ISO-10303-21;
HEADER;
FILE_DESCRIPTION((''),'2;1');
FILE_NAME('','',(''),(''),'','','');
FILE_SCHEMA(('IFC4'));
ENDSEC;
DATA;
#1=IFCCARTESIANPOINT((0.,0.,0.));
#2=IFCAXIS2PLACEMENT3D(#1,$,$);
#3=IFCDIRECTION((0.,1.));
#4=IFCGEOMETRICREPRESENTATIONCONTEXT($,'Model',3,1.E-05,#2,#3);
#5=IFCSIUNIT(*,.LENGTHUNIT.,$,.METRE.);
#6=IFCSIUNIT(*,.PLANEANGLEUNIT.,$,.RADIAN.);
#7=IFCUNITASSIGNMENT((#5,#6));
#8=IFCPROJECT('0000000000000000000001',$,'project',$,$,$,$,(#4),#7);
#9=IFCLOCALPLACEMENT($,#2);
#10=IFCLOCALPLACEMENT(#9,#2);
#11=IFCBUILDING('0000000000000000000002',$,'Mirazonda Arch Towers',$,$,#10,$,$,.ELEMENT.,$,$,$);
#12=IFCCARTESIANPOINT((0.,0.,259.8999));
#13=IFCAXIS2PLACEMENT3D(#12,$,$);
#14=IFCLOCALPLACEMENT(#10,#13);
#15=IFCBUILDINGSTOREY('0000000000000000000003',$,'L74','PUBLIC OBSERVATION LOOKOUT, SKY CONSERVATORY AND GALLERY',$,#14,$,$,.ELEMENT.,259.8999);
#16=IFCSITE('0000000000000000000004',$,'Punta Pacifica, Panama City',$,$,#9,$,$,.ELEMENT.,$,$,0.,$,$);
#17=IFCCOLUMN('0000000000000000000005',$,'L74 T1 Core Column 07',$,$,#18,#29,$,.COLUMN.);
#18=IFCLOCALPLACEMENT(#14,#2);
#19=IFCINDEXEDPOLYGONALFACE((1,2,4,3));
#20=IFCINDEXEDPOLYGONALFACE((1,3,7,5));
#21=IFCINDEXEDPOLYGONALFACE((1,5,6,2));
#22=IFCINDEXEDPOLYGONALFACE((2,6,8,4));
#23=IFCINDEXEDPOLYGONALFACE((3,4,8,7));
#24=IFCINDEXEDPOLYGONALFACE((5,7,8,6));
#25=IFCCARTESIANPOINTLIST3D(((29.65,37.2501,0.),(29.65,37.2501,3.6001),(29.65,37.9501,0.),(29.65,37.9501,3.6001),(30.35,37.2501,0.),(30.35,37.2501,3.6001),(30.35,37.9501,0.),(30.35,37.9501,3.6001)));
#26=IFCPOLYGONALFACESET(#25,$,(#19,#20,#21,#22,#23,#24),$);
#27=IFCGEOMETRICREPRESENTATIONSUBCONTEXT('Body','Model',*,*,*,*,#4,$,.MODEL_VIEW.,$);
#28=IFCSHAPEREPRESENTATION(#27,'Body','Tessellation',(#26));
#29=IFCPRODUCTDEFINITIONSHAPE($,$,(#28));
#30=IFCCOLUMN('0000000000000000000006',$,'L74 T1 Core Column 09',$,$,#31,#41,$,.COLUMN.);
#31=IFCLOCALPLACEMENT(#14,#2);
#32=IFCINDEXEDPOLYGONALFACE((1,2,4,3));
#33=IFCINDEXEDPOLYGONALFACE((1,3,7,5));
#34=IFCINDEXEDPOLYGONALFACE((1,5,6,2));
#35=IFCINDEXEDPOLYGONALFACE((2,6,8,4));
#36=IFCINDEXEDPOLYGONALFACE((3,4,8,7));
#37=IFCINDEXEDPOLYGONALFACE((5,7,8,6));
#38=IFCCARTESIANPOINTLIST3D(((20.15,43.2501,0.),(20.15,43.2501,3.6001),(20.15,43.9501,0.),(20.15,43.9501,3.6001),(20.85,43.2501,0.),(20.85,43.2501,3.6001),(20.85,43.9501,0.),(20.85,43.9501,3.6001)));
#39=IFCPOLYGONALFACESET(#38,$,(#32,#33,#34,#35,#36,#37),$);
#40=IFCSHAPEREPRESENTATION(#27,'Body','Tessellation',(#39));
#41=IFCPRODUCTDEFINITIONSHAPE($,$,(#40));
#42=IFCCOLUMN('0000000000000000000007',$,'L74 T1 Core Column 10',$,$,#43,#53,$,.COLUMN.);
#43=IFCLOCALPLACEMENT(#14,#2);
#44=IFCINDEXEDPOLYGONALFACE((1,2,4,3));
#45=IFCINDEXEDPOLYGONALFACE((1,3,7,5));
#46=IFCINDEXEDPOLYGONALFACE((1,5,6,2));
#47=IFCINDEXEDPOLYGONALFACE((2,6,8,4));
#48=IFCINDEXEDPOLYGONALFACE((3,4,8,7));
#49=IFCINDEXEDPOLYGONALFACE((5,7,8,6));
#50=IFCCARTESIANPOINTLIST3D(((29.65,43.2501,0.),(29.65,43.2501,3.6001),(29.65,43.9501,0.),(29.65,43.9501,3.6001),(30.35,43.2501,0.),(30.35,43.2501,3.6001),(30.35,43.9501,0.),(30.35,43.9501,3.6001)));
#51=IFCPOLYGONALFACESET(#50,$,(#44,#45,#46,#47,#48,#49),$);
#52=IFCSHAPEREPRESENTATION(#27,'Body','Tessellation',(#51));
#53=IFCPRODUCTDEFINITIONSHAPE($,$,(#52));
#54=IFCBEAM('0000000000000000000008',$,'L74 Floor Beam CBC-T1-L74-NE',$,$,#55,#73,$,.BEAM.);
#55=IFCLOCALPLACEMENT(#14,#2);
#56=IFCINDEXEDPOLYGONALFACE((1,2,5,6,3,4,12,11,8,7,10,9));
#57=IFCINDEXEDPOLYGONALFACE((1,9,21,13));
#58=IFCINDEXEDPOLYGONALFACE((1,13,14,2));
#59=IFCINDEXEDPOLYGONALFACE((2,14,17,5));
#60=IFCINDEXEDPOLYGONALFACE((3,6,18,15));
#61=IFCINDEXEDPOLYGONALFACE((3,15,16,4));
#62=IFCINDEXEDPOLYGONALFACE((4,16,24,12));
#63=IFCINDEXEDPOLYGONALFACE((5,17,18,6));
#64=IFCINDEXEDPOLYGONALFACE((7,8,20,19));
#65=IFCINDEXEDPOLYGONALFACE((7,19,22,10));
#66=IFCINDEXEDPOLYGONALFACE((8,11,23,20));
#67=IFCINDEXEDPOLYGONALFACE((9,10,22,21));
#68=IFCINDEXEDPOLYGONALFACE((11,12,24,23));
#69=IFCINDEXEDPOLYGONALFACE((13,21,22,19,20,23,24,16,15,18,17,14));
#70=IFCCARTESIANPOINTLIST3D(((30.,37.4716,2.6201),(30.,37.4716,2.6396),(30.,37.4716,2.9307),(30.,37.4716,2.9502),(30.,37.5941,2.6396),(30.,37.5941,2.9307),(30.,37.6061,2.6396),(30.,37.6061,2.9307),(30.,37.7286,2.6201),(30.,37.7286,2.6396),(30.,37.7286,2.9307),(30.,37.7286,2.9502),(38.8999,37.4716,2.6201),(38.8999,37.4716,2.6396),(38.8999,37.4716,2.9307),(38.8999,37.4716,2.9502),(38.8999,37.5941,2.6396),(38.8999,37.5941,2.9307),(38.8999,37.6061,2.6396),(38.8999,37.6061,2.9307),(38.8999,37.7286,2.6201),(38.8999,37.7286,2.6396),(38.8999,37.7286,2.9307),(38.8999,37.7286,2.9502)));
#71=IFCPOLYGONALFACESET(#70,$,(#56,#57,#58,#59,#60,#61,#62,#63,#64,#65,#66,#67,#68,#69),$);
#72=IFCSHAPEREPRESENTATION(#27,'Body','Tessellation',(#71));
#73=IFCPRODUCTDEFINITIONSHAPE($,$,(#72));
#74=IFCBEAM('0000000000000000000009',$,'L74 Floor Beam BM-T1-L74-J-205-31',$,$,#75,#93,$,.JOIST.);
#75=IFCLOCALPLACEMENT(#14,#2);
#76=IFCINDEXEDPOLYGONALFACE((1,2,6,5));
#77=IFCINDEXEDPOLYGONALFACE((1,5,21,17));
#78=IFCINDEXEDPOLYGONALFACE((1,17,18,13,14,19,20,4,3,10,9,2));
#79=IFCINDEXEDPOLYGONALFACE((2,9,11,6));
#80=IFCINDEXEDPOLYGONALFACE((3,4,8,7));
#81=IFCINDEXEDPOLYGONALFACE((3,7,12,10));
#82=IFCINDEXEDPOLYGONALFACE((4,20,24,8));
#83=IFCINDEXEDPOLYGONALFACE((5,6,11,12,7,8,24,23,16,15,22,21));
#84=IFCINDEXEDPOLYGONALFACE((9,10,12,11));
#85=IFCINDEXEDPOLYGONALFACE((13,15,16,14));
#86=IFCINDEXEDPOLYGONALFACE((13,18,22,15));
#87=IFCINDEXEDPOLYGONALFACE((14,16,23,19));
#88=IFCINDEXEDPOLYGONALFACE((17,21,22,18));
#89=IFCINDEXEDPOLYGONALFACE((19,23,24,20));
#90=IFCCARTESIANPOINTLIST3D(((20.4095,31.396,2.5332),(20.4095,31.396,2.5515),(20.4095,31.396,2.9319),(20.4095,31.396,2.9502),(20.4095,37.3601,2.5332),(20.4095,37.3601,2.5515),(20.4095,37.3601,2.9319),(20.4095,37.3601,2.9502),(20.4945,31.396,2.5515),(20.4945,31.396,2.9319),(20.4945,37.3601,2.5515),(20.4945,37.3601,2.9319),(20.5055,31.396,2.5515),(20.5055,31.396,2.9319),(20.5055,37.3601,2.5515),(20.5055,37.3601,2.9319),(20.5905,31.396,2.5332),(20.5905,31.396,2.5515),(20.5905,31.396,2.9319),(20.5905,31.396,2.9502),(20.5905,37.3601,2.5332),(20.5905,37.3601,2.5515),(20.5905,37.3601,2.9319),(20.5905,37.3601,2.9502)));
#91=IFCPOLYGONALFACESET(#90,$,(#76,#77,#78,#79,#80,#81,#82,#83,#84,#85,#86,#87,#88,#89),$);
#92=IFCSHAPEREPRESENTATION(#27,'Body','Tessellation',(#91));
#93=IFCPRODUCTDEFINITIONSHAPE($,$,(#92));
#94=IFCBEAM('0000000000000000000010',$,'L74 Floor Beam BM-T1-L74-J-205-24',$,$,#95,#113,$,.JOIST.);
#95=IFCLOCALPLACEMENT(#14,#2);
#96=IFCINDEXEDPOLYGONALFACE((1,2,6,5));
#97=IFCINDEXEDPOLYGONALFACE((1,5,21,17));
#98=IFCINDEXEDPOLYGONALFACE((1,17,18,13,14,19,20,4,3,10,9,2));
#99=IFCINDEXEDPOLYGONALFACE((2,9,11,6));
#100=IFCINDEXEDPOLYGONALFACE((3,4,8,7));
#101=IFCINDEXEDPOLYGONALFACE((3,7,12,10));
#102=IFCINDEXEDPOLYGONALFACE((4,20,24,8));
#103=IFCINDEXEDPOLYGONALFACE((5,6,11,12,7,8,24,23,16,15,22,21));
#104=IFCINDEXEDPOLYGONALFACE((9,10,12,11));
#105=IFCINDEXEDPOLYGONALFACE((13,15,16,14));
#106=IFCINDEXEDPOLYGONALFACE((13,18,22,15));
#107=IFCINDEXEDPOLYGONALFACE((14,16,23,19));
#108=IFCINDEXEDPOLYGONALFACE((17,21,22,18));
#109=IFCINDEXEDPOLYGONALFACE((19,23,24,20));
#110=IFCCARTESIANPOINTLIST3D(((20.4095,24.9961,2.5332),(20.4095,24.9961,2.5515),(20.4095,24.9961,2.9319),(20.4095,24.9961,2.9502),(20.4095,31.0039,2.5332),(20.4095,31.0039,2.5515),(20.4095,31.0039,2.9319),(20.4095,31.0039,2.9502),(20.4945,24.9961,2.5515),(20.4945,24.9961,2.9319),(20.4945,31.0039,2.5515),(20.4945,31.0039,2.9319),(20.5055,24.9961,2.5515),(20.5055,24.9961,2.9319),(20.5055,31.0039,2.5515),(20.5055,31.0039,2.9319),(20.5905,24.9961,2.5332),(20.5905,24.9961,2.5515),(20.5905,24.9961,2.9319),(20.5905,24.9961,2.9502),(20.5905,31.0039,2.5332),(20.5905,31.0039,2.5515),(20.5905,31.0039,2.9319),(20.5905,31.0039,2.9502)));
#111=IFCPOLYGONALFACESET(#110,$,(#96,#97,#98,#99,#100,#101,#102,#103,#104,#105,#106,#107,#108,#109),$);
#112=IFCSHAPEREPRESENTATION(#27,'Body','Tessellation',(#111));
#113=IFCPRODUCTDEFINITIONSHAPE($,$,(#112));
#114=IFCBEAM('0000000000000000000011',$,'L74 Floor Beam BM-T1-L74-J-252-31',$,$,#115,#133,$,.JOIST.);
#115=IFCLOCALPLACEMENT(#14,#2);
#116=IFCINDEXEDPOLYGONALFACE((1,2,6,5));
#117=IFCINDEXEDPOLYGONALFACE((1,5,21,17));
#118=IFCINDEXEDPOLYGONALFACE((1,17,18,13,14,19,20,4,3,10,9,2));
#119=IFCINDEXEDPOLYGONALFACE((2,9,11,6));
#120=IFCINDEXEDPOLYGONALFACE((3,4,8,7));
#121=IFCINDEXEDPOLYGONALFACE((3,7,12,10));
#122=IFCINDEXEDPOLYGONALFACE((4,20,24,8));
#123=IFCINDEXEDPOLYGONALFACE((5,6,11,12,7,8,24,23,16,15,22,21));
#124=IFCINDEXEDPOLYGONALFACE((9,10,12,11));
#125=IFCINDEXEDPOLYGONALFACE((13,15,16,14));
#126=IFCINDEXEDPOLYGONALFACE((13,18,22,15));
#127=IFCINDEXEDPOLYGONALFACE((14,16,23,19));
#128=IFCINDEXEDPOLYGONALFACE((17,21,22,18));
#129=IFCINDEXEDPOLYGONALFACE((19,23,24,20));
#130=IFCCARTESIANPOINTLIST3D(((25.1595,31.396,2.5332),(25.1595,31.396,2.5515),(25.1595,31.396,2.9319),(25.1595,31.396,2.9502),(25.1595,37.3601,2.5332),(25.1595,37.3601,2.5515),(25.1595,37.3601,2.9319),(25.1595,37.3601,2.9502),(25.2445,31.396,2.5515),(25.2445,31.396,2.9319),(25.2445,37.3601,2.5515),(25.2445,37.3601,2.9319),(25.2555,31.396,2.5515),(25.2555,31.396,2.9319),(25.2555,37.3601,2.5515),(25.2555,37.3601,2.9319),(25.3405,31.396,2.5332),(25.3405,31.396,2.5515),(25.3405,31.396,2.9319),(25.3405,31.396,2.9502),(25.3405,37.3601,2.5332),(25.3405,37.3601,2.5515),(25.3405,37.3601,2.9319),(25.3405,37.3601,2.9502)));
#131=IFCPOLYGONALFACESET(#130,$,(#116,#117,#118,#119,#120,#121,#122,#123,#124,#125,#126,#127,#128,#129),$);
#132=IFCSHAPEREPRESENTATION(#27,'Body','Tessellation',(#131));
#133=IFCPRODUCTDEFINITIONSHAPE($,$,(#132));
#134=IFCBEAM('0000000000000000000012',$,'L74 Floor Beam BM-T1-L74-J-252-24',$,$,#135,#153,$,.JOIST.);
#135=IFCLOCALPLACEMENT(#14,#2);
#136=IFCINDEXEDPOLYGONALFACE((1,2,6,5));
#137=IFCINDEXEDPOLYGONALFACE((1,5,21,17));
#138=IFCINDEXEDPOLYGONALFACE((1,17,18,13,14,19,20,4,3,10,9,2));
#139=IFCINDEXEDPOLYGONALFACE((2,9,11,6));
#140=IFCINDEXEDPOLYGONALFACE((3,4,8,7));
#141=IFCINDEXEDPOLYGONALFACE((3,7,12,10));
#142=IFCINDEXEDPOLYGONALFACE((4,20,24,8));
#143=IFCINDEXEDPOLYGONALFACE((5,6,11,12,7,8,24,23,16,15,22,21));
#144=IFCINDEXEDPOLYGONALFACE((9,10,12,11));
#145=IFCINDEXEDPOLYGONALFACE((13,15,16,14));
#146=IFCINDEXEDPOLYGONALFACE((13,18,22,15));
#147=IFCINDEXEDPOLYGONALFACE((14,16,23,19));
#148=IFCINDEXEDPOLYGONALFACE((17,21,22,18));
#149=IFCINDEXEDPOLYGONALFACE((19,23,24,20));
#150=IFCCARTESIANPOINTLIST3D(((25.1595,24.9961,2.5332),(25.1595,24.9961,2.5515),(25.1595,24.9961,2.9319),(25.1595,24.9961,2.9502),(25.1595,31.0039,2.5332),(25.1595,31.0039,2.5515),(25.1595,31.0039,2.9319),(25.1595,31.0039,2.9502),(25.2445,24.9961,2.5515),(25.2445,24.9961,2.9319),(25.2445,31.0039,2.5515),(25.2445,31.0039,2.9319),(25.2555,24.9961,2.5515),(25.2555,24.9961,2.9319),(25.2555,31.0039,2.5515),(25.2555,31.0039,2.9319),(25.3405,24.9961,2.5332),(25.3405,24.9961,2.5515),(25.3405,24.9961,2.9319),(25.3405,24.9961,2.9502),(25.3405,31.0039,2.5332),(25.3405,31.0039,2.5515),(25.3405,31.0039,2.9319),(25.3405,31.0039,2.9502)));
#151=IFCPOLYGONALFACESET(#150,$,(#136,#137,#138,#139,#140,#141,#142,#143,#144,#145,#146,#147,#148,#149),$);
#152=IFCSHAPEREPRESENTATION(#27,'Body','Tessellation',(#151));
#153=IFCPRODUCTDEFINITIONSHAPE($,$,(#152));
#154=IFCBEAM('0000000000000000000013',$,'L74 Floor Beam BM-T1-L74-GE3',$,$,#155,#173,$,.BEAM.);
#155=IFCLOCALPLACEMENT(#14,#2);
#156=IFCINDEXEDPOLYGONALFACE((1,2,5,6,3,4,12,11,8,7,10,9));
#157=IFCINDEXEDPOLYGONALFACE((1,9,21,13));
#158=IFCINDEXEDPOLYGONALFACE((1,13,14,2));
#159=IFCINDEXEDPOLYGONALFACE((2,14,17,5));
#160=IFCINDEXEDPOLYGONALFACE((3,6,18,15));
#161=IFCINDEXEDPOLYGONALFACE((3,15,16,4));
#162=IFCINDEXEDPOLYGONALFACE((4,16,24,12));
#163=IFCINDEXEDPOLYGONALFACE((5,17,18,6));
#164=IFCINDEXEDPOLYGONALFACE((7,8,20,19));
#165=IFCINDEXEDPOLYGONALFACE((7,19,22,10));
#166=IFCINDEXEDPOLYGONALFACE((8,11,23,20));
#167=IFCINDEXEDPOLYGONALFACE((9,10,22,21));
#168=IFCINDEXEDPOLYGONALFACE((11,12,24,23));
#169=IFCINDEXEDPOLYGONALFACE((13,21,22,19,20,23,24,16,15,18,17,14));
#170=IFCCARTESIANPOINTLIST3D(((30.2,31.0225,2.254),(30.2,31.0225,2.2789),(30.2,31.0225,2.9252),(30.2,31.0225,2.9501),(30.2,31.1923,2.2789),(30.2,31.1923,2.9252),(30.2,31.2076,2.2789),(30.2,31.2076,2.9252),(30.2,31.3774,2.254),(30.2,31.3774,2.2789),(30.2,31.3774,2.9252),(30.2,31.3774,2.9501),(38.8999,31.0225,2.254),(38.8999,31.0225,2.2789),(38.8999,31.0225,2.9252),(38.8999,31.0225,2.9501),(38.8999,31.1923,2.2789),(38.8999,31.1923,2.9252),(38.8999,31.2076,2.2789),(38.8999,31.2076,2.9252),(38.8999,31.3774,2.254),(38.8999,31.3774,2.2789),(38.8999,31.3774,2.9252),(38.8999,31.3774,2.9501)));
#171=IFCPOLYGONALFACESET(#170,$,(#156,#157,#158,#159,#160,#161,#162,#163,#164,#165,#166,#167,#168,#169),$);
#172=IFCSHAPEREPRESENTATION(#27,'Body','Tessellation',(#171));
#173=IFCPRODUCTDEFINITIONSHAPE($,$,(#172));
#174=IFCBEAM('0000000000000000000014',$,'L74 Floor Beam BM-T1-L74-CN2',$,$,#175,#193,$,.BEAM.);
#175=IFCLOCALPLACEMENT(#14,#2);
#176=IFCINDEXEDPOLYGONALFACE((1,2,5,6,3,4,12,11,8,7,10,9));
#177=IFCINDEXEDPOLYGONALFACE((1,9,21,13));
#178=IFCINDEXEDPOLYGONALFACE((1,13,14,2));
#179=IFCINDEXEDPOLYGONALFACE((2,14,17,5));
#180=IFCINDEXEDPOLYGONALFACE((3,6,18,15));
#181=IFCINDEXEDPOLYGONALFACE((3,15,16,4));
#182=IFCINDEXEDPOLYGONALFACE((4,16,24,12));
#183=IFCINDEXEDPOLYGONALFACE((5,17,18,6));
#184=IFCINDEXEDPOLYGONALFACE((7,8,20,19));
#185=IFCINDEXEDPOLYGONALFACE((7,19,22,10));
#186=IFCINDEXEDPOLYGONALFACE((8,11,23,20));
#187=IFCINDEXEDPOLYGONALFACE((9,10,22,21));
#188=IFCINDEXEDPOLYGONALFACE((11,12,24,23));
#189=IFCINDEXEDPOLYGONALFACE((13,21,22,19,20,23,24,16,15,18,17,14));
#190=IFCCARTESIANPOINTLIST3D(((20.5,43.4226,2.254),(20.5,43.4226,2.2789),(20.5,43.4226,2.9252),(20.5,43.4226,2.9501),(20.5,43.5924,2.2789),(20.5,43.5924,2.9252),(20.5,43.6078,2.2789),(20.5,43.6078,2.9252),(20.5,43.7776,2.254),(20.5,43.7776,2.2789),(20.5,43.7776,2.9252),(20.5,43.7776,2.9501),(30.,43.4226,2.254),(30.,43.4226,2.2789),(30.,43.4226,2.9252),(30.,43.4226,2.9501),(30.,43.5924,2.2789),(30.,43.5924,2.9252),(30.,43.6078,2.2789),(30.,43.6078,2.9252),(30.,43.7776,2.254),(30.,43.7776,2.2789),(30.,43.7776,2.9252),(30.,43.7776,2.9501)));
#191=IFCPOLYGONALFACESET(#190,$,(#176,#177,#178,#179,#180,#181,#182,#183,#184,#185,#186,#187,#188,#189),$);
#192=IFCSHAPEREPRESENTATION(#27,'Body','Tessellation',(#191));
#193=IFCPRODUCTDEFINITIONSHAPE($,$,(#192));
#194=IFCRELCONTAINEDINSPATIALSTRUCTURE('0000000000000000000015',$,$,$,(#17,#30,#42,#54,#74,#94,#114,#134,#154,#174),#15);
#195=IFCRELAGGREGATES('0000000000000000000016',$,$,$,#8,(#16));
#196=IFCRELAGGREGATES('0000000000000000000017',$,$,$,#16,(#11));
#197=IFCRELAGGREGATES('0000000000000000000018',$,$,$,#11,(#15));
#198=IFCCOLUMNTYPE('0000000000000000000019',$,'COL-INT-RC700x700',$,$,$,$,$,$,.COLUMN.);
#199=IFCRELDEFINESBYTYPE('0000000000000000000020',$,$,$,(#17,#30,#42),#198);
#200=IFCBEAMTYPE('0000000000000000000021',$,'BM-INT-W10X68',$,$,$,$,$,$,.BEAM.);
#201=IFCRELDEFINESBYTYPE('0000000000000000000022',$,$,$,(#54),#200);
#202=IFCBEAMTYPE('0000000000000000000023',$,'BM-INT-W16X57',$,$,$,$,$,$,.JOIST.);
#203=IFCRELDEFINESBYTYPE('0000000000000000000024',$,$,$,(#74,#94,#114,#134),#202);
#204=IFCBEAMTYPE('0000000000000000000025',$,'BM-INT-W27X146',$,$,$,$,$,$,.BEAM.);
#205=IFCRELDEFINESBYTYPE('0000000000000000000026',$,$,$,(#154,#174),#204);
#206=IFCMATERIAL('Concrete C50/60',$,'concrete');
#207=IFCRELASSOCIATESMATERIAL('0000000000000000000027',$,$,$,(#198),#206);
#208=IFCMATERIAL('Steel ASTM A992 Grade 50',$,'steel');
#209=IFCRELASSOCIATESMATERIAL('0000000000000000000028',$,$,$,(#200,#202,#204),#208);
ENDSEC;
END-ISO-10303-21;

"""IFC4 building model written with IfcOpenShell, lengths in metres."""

from ifc_helpers import new_model, si_unit, direction, frame, origin, origin_2d, place, context, subcontext, project, spatial, rectangle, i_section, extrude, material, material_profile, profile_set, type_object, element, save


model = new_model("IFC4")

# Units and contexts
model_context = context("Model", 3, precision=1e-05, world=origin(), true_north=direction((0.0, 1.0)))
body_context = subcontext(model_context, "Body", "Model", "MODEL_VIEW")
ifc_project = project(units=[si_unit("LENGTHUNIT", "METRE"), si_unit("PLANEANGLEUNIT", "RADIAN")], contexts=[model_context])

# Site, building, storey
site_placement = place(None, origin())
site = spatial("IfcSite", under=ifc_project, at=site_placement, Name="Punta Pacifica, Panama City", CompositionType="ELEMENT", RefElevation=0.0)
building_placement = place(site_placement, origin())
building = spatial("IfcBuilding", under=site, at=building_placement, Name="Mirazonda Arch Towers", CompositionType="ELEMENT")
storey_placement = place(building_placement, frame((0.0, 0.0, 259.8999)))
storey = spatial("IfcBuildingStorey", under=building, at=storey_placement, Name="L74", Description="PUBLIC OBSERVATION LOOKOUT, SKY CONSERVATORY AND GALLERY", CompositionType="ELEMENT", Elevation=259.8999)

# Columns
ifc_material_1 = material(Name="Concrete C50/60", Category="concrete")
ifc_material_profile_1 = material_profile(ifc_material_1, rectangle(XDim=0.7, YDim=0.7, at=origin_2d()), Name="RC700x700")
ifc_profile_set_1 = profile_set([ifc_material_profile_1], Name="Concrete C50/60")
column_type = type_object("IfcColumnType", Name="COL-INT-RC700x700", PredefinedType="COLUMN", material=ifc_profile_set_1)
for number, where, z_axis, x_axis, name in (
    (1, (30.0, 37.6001, 0.0), (0.0, 0.0, 1.0), (1.0, 0.0, 0.0), "L74 T1 Core Column 07"),
    (2, (20.5, 43.6001, 0.0), (0.0, 0.0, 1.0), (1.0, 0.0, 0.0), "L74 T1 Core Column 09"),
    (3, (30.0, 43.6001, 0.0), (0.0, 0.0, 1.0), (1.0, 0.0, 0.0), "L74 T1 Core Column 10"),
):
    element("IfcColumn", number, at=place(storey_placement, frame(where, z_axis=z_axis, x_axis=x_axis)), inside=storey, type_object=column_type, Name=name, PredefinedType="COLUMN", context=body_context, shape_type="SweptSolid", body=[
        extrude(rectangle(XDim=0.7, YDim=0.7, at=origin_2d()), origin(), (0.0, 0.0, 1.0), 3.6001),
    ])

# Beams
ifc_material_2 = material(Name="Steel ASTM A992 Grade 50", Category="steel")
ifc_material_profile_2 = material_profile(ifc_material_2, i_section(OverallWidth=0.2571, OverallDepth=0.3301, WebThickness=0.012, FlangeThickness=0.0195, at=origin_2d()), Name="W10X68")
ifc_profile_set_2 = profile_set([ifc_material_profile_2], Name="Steel ASTM A992 Grade 50")
beam_type_1 = type_object("IfcBeamType", Name="BM-INT-W10X68", PredefinedType="BEAM", material=ifc_profile_set_2)
beam_1_placement = place(storey_placement, frame((30.0, 37.6001, 2.7852), z_axis=(1.0, 0.0, 0.0), x_axis=(0.0, 1.0, 0.0)))
element("IfcBeam", 4, at=beam_1_placement, inside=storey, type_object=beam_type_1, Name="L74 Floor Beam CBC-T1-L74-NE", PredefinedType="BEAM", context=body_context, shape_type="SweptSolid", body=[
    extrude(i_section(OverallWidth=0.2571, OverallDepth=0.3301, WebThickness=0.012, FlangeThickness=0.0195, at=origin_2d()), origin(), (0.0, 0.0, 1.0), 8.8999),
])
ifc_material_profile_3 = material_profile(ifc_material_2, i_section(OverallWidth=0.1809, OverallDepth=0.417, WebThickness=0.011, FlangeThickness=0.0183, at=origin_2d()), Name="W16X57")
ifc_profile_set_3 = profile_set([ifc_material_profile_3], Name="Steel ASTM A992 Grade 50")
beam_type_2 = type_object("IfcBeamType", Name="BM-INT-W16X57", PredefinedType="JOIST", material=ifc_profile_set_3)
beam_2_placement = place(storey_placement, frame((20.5, 31.396, 2.7417), z_axis=(0.0, 1.0, 0.0), x_axis=(-1.0, 0.0, 0.0)))
element("IfcBeam", 5, at=beam_2_placement, inside=storey, type_object=beam_type_2, Name="L74 Floor Beam BM-T1-L74-J-205-31", PredefinedType="JOIST", context=body_context, shape_type="SweptSolid", body=[
    extrude(i_section(OverallWidth=0.1809, OverallDepth=0.417, WebThickness=0.011, FlangeThickness=0.0183, at=origin_2d()), origin(), (0.0, 0.0, 1.0), 5.9641),
])
beam_3_placement = place(storey_placement, frame((20.5, 24.9961, 2.7417), z_axis=(0.0, 1.0, 0.0), x_axis=(-1.0, 0.0, 0.0)))
element("IfcBeam", 6, at=beam_3_placement, inside=storey, type_object=beam_type_2, Name="L74 Floor Beam BM-T1-L74-J-205-24", PredefinedType="JOIST", context=body_context, shape_type="SweptSolid", body=[
    extrude(i_section(OverallWidth=0.1809, OverallDepth=0.417, WebThickness=0.011, FlangeThickness=0.0183, at=origin_2d()), origin(), (0.0, 0.0, 1.0), 6.0078),
])
beam_4_placement = place(storey_placement, frame((25.25, 31.396, 2.7417), z_axis=(0.0, 1.0, 0.0), x_axis=(-1.0, 0.0, 0.0)))
element("IfcBeam", 7, at=beam_4_placement, inside=storey, type_object=beam_type_2, Name="L74 Floor Beam BM-T1-L74-J-252-31", PredefinedType="JOIST", context=body_context, shape_type="SweptSolid", body=[
    extrude(i_section(OverallWidth=0.1809, OverallDepth=0.417, WebThickness=0.011, FlangeThickness=0.0183, at=origin_2d()), origin(), (0.0, 0.0, 1.0), 5.9641),
])
beam_5_placement = place(storey_placement, frame((25.25, 24.9961, 2.7417), z_axis=(0.0, 1.0, 0.0), x_axis=(-1.0, 0.0, 0.0)))
element("IfcBeam", 8, at=beam_5_placement, inside=storey, type_object=beam_type_2, Name="L74 Floor Beam BM-T1-L74-J-252-24", PredefinedType="JOIST", context=body_context, shape_type="SweptSolid", body=[
    extrude(i_section(OverallWidth=0.1809, OverallDepth=0.417, WebThickness=0.011, FlangeThickness=0.0183, at=origin_2d()), origin(), (0.0, 0.0, 1.0), 6.0078),
])
ifc_material_profile_4 = material_profile(ifc_material_2, i_section(OverallWidth=0.355, OverallDepth=0.696, WebThickness=0.0154, FlangeThickness=0.0249, at=origin_2d()), Name="W27X146")
ifc_profile_set_4 = profile_set([ifc_material_profile_4], Name="Steel ASTM A992 Grade 50")
beam_type_3 = type_object("IfcBeamType", Name="BM-INT-W27X146", PredefinedType="BEAM", material=ifc_profile_set_4)
beam_6_placement = place(storey_placement, frame((30.2, 31.2, 2.6021), z_axis=(1.0, 0.0, 0.0), x_axis=(0.0, 1.0, 0.0)))
element("IfcBeam", 9, at=beam_6_placement, inside=storey, type_object=beam_type_3, Name="L74 Floor Beam BM-T1-L74-GE3", PredefinedType="BEAM", context=body_context, shape_type="SweptSolid", body=[
    extrude(i_section(OverallWidth=0.355, OverallDepth=0.696, WebThickness=0.0154, FlangeThickness=0.0249, at=origin_2d()), origin(), (0.0, 0.0, 1.0), 8.7),
])
beam_7_placement = place(storey_placement, frame((20.5, 43.6001, 2.6021), z_axis=(1.0, 0.0, 0.0), x_axis=(0.0, 1.0, 0.0)))
element("IfcBeam", 10, at=beam_7_placement, inside=storey, type_object=beam_type_3, Name="L74 Floor Beam BM-T1-L74-CN2", PredefinedType="BEAM", context=body_context, shape_type="SweptSolid", body=[
    extrude(i_section(OverallWidth=0.355, OverallDepth=0.696, WebThickness=0.0154, FlangeThickness=0.0249, at=origin_2d()), origin(), (0.0, 0.0, 1.0), 9.5),
])

save(model, "model.ifc")
